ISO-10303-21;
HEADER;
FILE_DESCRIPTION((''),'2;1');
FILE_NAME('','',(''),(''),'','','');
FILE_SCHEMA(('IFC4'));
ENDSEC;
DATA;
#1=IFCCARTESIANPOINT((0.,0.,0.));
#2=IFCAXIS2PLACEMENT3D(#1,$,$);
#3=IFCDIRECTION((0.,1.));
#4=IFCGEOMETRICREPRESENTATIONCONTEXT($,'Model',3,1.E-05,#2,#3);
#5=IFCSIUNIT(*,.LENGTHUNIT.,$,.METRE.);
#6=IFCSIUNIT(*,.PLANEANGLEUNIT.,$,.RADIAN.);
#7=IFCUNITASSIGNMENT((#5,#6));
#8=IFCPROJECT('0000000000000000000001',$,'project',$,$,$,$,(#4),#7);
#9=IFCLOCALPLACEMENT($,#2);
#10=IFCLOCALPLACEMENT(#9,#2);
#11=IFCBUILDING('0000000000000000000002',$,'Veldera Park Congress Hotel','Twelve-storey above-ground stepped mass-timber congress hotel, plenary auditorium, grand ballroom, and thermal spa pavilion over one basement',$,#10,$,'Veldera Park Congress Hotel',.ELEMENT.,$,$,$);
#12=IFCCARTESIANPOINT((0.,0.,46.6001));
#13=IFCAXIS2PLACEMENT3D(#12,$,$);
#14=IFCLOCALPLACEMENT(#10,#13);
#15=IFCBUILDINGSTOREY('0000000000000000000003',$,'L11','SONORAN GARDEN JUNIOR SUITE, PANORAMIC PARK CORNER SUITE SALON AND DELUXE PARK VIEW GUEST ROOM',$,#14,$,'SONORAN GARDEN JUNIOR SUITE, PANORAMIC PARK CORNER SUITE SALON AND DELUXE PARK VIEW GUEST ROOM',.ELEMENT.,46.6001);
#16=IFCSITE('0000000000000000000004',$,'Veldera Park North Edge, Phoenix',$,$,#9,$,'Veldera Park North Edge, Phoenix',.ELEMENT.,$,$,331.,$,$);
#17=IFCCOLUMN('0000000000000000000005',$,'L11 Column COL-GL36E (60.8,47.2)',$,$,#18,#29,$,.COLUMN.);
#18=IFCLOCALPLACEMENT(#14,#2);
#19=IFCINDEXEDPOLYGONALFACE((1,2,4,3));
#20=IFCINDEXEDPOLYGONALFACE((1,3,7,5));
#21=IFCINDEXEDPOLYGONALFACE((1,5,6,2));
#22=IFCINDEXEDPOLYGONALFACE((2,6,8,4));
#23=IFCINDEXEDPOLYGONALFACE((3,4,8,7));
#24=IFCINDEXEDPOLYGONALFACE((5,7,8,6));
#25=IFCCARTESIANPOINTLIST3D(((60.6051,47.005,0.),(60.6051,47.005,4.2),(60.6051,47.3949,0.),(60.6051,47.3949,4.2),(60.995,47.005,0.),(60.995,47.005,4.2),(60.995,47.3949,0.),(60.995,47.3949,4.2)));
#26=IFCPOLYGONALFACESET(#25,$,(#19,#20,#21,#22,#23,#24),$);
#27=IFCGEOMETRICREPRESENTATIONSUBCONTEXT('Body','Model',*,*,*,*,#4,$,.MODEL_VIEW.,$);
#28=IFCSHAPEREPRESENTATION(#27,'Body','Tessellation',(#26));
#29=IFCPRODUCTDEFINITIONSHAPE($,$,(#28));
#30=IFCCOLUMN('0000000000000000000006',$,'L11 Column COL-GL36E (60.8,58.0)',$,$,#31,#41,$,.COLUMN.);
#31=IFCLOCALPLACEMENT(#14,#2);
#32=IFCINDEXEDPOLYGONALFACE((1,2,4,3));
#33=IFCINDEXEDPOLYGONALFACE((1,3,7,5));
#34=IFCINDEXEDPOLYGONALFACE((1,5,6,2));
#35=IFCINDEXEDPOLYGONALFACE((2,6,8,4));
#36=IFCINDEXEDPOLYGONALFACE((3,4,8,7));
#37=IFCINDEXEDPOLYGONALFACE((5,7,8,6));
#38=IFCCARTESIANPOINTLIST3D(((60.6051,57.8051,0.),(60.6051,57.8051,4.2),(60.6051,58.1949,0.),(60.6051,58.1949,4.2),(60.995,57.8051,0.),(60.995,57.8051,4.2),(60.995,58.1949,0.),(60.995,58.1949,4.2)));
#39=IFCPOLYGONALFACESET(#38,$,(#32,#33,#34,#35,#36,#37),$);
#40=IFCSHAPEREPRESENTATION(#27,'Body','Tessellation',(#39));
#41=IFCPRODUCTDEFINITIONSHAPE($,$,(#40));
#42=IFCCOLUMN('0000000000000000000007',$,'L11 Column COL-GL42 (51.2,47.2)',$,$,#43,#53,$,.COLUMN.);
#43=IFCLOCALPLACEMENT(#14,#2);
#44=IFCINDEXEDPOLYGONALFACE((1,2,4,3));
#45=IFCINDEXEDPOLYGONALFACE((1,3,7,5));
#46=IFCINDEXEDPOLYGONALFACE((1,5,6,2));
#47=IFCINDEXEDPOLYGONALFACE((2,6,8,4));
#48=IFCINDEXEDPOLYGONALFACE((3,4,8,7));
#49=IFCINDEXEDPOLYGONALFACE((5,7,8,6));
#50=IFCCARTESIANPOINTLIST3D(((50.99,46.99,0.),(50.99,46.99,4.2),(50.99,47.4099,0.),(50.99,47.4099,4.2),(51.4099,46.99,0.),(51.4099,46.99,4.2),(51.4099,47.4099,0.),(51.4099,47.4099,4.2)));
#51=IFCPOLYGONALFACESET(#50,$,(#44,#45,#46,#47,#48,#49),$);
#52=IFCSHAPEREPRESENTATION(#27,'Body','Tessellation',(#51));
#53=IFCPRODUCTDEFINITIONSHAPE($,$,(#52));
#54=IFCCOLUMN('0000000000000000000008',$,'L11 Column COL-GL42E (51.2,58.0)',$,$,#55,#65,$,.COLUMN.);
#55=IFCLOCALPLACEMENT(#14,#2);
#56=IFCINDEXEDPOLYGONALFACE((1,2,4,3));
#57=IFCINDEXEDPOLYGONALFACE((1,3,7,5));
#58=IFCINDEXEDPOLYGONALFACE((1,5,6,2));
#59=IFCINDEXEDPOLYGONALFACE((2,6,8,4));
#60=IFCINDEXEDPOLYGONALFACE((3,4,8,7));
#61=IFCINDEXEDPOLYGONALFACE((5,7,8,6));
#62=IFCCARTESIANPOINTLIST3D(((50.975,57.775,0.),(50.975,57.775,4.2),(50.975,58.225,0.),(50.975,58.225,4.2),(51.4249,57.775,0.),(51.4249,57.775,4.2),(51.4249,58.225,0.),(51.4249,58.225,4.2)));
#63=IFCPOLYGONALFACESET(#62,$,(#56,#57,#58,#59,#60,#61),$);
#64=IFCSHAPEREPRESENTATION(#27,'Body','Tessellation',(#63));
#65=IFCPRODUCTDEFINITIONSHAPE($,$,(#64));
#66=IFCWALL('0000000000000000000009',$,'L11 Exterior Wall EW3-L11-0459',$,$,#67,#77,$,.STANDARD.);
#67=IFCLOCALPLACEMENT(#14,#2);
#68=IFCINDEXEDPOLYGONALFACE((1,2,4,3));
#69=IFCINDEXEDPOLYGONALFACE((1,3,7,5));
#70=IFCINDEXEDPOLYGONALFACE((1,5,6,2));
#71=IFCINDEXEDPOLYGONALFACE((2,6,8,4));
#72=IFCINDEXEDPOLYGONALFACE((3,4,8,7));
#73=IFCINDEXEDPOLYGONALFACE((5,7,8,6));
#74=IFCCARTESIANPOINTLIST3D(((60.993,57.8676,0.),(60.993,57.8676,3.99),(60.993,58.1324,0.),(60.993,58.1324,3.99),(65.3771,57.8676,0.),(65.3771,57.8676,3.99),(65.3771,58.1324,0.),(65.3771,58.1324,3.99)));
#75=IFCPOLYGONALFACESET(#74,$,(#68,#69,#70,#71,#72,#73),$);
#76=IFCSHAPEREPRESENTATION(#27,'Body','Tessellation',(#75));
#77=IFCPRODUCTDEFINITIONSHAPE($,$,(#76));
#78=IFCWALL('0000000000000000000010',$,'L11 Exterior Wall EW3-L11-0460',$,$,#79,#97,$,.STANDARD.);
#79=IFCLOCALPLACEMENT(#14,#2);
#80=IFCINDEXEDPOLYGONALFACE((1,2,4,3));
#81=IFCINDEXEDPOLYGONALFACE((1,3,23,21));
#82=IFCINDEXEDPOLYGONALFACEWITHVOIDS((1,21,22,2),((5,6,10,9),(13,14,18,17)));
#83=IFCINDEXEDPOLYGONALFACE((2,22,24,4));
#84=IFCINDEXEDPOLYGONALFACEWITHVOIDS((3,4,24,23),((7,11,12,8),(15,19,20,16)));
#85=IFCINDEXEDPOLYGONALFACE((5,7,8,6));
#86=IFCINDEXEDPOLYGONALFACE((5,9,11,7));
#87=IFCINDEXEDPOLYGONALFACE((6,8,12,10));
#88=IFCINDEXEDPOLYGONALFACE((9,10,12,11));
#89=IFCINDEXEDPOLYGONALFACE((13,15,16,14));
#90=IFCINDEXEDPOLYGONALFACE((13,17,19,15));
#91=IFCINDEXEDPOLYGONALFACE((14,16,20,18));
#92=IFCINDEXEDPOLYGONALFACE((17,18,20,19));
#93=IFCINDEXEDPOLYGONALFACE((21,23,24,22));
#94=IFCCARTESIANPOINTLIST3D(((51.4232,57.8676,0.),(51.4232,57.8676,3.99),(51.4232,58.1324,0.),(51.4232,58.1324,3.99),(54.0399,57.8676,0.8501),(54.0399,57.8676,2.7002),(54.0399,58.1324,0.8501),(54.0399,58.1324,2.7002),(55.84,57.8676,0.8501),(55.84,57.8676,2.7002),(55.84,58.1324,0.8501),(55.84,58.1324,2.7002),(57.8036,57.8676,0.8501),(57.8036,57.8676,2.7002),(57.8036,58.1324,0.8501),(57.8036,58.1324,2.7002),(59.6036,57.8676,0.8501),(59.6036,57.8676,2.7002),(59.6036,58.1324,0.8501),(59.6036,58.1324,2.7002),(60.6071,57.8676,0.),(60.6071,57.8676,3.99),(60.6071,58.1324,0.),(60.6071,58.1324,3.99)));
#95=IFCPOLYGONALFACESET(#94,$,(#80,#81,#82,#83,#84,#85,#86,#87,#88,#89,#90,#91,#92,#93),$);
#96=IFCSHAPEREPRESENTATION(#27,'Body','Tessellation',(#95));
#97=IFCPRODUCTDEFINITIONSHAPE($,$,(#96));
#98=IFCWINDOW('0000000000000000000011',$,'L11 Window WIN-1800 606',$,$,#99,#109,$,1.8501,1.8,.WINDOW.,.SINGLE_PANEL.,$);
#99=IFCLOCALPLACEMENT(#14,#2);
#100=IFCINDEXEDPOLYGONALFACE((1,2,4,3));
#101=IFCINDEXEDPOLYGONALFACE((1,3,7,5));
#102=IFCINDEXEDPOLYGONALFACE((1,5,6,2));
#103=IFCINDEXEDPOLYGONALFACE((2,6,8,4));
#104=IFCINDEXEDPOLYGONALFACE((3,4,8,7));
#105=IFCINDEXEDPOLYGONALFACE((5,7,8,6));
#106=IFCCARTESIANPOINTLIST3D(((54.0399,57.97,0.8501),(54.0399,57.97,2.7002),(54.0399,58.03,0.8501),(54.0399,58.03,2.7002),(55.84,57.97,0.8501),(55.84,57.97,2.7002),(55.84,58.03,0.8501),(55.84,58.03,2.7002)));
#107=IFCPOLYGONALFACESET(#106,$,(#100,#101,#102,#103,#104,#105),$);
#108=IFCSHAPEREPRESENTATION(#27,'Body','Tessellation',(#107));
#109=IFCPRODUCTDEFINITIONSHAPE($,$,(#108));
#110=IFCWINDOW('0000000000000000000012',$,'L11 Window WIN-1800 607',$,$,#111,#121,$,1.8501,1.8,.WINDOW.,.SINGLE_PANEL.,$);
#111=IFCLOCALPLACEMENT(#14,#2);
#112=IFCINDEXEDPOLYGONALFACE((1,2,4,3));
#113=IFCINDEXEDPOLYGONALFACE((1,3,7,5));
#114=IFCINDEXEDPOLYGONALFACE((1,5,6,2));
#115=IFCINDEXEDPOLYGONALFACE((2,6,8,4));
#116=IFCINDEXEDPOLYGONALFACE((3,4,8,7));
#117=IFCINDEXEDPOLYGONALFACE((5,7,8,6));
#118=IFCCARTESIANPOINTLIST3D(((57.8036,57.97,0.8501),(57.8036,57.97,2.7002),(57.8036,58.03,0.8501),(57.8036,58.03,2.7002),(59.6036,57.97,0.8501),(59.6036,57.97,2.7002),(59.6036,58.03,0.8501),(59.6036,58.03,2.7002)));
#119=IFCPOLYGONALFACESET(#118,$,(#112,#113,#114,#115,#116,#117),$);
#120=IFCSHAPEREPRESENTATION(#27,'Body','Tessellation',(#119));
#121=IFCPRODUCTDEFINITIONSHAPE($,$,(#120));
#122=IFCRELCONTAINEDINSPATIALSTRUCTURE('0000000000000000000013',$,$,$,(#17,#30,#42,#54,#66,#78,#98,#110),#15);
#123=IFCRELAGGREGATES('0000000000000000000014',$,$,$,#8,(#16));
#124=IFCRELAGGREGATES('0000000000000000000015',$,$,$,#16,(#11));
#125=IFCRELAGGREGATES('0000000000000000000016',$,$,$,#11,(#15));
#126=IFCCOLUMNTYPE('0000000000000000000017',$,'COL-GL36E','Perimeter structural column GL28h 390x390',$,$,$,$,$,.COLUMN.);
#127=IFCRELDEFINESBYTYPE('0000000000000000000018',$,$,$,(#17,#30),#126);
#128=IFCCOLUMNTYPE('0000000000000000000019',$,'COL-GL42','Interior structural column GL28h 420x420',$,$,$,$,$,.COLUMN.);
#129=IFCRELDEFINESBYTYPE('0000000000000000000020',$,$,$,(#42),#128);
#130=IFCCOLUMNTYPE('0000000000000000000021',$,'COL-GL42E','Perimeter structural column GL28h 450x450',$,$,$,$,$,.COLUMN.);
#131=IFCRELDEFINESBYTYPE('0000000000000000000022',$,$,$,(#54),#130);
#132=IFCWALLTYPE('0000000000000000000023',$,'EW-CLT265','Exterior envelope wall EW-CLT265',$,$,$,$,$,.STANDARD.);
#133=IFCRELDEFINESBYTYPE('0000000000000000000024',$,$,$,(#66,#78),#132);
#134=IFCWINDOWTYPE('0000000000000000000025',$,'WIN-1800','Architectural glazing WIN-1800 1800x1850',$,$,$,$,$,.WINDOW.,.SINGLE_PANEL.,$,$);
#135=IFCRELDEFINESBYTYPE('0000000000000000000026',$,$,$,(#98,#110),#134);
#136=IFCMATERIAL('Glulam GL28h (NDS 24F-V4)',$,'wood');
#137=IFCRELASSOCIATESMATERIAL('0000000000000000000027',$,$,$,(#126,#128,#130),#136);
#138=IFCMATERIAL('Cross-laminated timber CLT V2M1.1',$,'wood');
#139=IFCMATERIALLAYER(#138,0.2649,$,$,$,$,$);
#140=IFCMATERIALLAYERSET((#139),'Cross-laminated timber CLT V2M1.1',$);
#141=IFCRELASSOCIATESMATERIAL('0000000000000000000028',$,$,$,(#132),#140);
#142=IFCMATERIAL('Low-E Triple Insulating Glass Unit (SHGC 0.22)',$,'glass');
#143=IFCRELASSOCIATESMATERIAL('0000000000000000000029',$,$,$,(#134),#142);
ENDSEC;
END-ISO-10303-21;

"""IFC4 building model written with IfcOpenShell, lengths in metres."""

from ifc_helpers import new_model, si_unit, direction, frame, frame_2d, origin, origin_2d, place, context, subcontext, project, spatial, rectangle, extrude, material, layer, layer_set, material_profile, profile_set, type_object, element, fill, save


model = new_model("IFC4")

# Units and contexts
model_context = context("Model", 3, precision=1e-05, world=origin(), true_north=direction((0.0, 1.0)))
body_context = subcontext(model_context, "Body", "Model", "MODEL_VIEW")
ifc_project = project(units=[si_unit("LENGTHUNIT", "METRE"), si_unit("PLANEANGLEUNIT", "RADIAN")], contexts=[model_context])

# Site, building, storey
site_placement = place(None, origin())
site = spatial("IfcSite", under=ifc_project, at=site_placement, Name="Veldera Park North Edge, Phoenix", LongName="Veldera Park North Edge, Phoenix", CompositionType="ELEMENT", RefElevation=331.0)
building_placement = place(site_placement, origin())
building = spatial("IfcBuilding", under=site, at=building_placement, Name="Veldera Park Congress Hotel", Description="Twelve-storey above-ground stepped mass-timber congress hotel, plenary auditorium, grand ballroom, and thermal spa pavilion over one basement", LongName="Veldera Park Congress Hotel", CompositionType="ELEMENT")
storey_placement = place(building_placement, frame((0.0, 0.0, 46.6001)))
storey = spatial("IfcBuildingStorey", under=building, at=storey_placement, Name="L11", Description="SONORAN GARDEN JUNIOR SUITE, PANORAMIC PARK CORNER SUITE SALON AND DELUXE PARK VIEW GUEST ROOM", LongName="SONORAN GARDEN JUNIOR SUITE, PANORAMIC PARK CORNER SUITE SALON AND DELUXE PARK VIEW GUEST ROOM", CompositionType="ELEMENT", Elevation=46.6001)

# Columns
ifc_material_1 = material(Name="Glulam GL28h (NDS 24F-V4)", Category="wood")
ifc_material_profile_1 = material_profile(ifc_material_1, rectangle(XDim=0.3899, YDim=0.3899, at=origin_2d()), Name="GL28h 390x390")
ifc_profile_set_1 = profile_set([ifc_material_profile_1], Name="Glulam GL28h (NDS 24F-V4)")
column_type_1 = type_object("IfcColumnType", Name="COL-GL36E", Description="Perimeter structural column GL28h 390x390", PredefinedType="COLUMN", material=ifc_profile_set_1)
for number, where, z_axis, x_axis, name in (
    (1, (60.8, 47.2, 0.0), (0.0, 0.0, 1.0), (1.0, 0.0, 0.0), "L11 Column COL-GL36E (60.8,47.2)"),
    (2, (60.8, 58.0, 0.0), (0.0, 0.0, 1.0), (1.0, 0.0, 0.0), "L11 Column COL-GL36E (60.8,58.0)"),
):
    element("IfcColumn", number, at=place(storey_placement, frame(where, z_axis=z_axis, x_axis=x_axis)), inside=storey, type_object=column_type_1, Name=name, PredefinedType="COLUMN", context=body_context, shape_type="SweptSolid", body=[
        extrude(rectangle(XDim=0.3899, YDim=0.3899, at=origin_2d()), origin(), (0.0, 0.0, 1.0), 4.2),
    ])
ifc_material_profile_2 = material_profile(ifc_material_1, rectangle(XDim=0.4199, YDim=0.4199, at=origin_2d()), Name="GL28h 420x420")
ifc_profile_set_2 = profile_set([ifc_material_profile_2], Name="Glulam GL28h (NDS 24F-V4)")
column_type_2 = type_object("IfcColumnType", Name="COL-GL42", Description="Interior structural column GL28h 420x420", PredefinedType="COLUMN", material=ifc_profile_set_2)
column_1_placement = place(storey_placement, frame((51.2, 47.2, 0.0), z_axis=(0.0, 0.0, 1.0), x_axis=(1.0, 0.0, 0.0)))
element("IfcColumn", 3, at=column_1_placement, inside=storey, type_object=column_type_2, Name="L11 Column COL-GL42 (51.2,47.2)", PredefinedType="COLUMN", context=body_context, shape_type="SweptSolid", body=[
    extrude(rectangle(XDim=0.4199, YDim=0.4199, at=origin_2d()), origin(), (0.0, 0.0, 1.0), 4.2),
])
ifc_material_profile_3 = material_profile(ifc_material_1, rectangle(XDim=0.45, YDim=0.45, at=origin_2d()), Name="GL28h 450x450")
ifc_profile_set_3 = profile_set([ifc_material_profile_3], Name="Glulam GL28h (NDS 24F-V4)")
column_type_3 = type_object("IfcColumnType", Name="COL-GL42E", Description="Perimeter structural column GL28h 450x450", PredefinedType="COLUMN", material=ifc_profile_set_3)
column_2_placement = place(storey_placement, frame((51.2, 58.0, 0.0), z_axis=(0.0, 0.0, 1.0), x_axis=(1.0, 0.0, 0.0)))
element("IfcColumn", 4, at=column_2_placement, inside=storey, type_object=column_type_3, Name="L11 Column COL-GL42E (51.2,58.0)", PredefinedType="COLUMN", context=body_context, shape_type="SweptSolid", body=[
    extrude(rectangle(XDim=0.45, YDim=0.45, at=origin_2d()), origin(), (0.0, 0.0, 1.0), 4.2),
])

# Wall
ifc_material_2 = material(Name="Cross-laminated timber CLT V2M1.1", Category="wood")
ifc_layer_1 = layer(ifc_material_2, 0.2649)
ifc_layer_set_1 = layer_set([ifc_layer_1], Name="Cross-laminated timber CLT V2M1.1")
wall_type_1 = type_object("IfcWallType", Name="EW-CLT265", Description="Exterior envelope wall EW-CLT265", PredefinedType="STANDARD", material=ifc_layer_set_1)
wall_1_placement = place(storey_placement, frame((65.377, 58.0, 0.0), z_axis=(0.0, 0.0, 1.0), x_axis=(-1.0, 0.0, 0.0)))
element("IfcWall", 5, at=wall_1_placement, inside=storey, type_object=wall_type_1, Name="L11 Exterior Wall EW3-L11-0459", PredefinedType="STANDARD", context=body_context, shape_type="SweptSolid", body=[
    extrude(rectangle(XDim=4.384, YDim=0.2649, at=frame_2d((2.1919, 0.0))), origin(), (0.0, 0.0, 1.0), 3.99),
])

# Wall, openings, windows
wall_2_placement = place(storey_placement, frame((60.6069, 58.0, 0.0), z_axis=(0.0, 0.0, 1.0), x_axis=(-1.0, 0.0, 0.0)))
wall_2 = element("IfcWall", 6, at=wall_2_placement, inside=storey, type_object=wall_type_1, Name="L11 Exterior Wall EW3-L11-0460", PredefinedType="STANDARD", context=body_context, shape_type="SweptSolid", body=[
    extrude(rectangle(XDim=9.1838, YDim=0.2649, at=frame_2d((4.5918, 0.0))), origin(), (0.0, 0.0, 1.0), 3.99),
])
opening_1_placement = place(wall_2_placement, frame((4.7671, 0.0, 0.8501)))
opening_1 = element("IfcOpeningElement", 7, at=opening_1_placement, cuts=wall_2, PredefinedType="OPENING", context=body_context, shape_type="SweptSolid", body=[
    extrude(rectangle(XDim=1.8, YDim=1.8501, at=frame_2d((0.8999, 0.925))), frame((0.0, 0.1445, 0.0), z_axis=(0.0, -1.0, 0.0), x_axis=(1.0, 0.0, 0.0)), (0.0, 0.0, 1.0), 0.2888),
])
opening_2_placement = place(wall_2_placement, frame((1.0034, 0.0, 0.8501)))
opening_2 = element("IfcOpeningElement", 8, at=opening_2_placement, cuts=wall_2, PredefinedType="OPENING", context=body_context, shape_type="SweptSolid", body=[
    extrude(rectangle(XDim=1.8, YDim=1.8501, at=frame_2d((0.8999, 0.925))), frame((0.0, 0.1445, 0.0), z_axis=(0.0, -1.0, 0.0), x_axis=(1.0, 0.0, 0.0)), (0.0, 0.0, 1.0), 0.2888),
])
ifc_material_3 = material(Name="Low-E Triple Insulating Glass Unit (SHGC 0.22)", Category="glass")
window_type_1 = type_object("IfcWindowType", Name="WIN-1800", Description="Architectural glazing WIN-1800 1800x1850", PartitioningType="SINGLE_PANEL", PredefinedType="WINDOW", material=ifc_material_3)
window_1_placement = place(opening_1_placement, origin())
window_1 = element("IfcWindow", 9, at=window_1_placement, inside=storey, type_object=window_type_1, Name="L11 Window WIN-1800 606", OverallHeight=1.8501, OverallWidth=1.8, PartitioningType="SINGLE_PANEL", PredefinedType="WINDOW", context=body_context, shape_type="SweptSolid", body=[
    extrude(rectangle(XDim=1.8, YDim=1.8501, at=frame_2d((0.8999, 0.925))), frame((0.0, 0.03, 0.0), z_axis=(0.0, -1.0, 0.0), x_axis=(1.0, 0.0, 0.0)), (0.0, 0.0, 1.0), 0.0601),
])
fill(opening_1, window_1)
window_2_placement = place(opening_2_placement, origin())
window_2 = element("IfcWindow", 10, at=window_2_placement, inside=storey, type_object=window_type_1, Name="L11 Window WIN-1800 607", OverallHeight=1.8501, OverallWidth=1.8, PartitioningType="SINGLE_PANEL", PredefinedType="WINDOW", context=body_context, shape_type="SweptSolid", body=[
    extrude(rectangle(XDim=1.8, YDim=1.8501, at=frame_2d((0.8999, 0.925))), frame((0.0, 0.03, 0.0), z_axis=(0.0, -1.0, 0.0), x_axis=(1.0, 0.0, 0.0)), (0.0, 0.0, 1.0), 0.0601),
])
fill(opening_2, window_2)

save(model, "model.ifc")
